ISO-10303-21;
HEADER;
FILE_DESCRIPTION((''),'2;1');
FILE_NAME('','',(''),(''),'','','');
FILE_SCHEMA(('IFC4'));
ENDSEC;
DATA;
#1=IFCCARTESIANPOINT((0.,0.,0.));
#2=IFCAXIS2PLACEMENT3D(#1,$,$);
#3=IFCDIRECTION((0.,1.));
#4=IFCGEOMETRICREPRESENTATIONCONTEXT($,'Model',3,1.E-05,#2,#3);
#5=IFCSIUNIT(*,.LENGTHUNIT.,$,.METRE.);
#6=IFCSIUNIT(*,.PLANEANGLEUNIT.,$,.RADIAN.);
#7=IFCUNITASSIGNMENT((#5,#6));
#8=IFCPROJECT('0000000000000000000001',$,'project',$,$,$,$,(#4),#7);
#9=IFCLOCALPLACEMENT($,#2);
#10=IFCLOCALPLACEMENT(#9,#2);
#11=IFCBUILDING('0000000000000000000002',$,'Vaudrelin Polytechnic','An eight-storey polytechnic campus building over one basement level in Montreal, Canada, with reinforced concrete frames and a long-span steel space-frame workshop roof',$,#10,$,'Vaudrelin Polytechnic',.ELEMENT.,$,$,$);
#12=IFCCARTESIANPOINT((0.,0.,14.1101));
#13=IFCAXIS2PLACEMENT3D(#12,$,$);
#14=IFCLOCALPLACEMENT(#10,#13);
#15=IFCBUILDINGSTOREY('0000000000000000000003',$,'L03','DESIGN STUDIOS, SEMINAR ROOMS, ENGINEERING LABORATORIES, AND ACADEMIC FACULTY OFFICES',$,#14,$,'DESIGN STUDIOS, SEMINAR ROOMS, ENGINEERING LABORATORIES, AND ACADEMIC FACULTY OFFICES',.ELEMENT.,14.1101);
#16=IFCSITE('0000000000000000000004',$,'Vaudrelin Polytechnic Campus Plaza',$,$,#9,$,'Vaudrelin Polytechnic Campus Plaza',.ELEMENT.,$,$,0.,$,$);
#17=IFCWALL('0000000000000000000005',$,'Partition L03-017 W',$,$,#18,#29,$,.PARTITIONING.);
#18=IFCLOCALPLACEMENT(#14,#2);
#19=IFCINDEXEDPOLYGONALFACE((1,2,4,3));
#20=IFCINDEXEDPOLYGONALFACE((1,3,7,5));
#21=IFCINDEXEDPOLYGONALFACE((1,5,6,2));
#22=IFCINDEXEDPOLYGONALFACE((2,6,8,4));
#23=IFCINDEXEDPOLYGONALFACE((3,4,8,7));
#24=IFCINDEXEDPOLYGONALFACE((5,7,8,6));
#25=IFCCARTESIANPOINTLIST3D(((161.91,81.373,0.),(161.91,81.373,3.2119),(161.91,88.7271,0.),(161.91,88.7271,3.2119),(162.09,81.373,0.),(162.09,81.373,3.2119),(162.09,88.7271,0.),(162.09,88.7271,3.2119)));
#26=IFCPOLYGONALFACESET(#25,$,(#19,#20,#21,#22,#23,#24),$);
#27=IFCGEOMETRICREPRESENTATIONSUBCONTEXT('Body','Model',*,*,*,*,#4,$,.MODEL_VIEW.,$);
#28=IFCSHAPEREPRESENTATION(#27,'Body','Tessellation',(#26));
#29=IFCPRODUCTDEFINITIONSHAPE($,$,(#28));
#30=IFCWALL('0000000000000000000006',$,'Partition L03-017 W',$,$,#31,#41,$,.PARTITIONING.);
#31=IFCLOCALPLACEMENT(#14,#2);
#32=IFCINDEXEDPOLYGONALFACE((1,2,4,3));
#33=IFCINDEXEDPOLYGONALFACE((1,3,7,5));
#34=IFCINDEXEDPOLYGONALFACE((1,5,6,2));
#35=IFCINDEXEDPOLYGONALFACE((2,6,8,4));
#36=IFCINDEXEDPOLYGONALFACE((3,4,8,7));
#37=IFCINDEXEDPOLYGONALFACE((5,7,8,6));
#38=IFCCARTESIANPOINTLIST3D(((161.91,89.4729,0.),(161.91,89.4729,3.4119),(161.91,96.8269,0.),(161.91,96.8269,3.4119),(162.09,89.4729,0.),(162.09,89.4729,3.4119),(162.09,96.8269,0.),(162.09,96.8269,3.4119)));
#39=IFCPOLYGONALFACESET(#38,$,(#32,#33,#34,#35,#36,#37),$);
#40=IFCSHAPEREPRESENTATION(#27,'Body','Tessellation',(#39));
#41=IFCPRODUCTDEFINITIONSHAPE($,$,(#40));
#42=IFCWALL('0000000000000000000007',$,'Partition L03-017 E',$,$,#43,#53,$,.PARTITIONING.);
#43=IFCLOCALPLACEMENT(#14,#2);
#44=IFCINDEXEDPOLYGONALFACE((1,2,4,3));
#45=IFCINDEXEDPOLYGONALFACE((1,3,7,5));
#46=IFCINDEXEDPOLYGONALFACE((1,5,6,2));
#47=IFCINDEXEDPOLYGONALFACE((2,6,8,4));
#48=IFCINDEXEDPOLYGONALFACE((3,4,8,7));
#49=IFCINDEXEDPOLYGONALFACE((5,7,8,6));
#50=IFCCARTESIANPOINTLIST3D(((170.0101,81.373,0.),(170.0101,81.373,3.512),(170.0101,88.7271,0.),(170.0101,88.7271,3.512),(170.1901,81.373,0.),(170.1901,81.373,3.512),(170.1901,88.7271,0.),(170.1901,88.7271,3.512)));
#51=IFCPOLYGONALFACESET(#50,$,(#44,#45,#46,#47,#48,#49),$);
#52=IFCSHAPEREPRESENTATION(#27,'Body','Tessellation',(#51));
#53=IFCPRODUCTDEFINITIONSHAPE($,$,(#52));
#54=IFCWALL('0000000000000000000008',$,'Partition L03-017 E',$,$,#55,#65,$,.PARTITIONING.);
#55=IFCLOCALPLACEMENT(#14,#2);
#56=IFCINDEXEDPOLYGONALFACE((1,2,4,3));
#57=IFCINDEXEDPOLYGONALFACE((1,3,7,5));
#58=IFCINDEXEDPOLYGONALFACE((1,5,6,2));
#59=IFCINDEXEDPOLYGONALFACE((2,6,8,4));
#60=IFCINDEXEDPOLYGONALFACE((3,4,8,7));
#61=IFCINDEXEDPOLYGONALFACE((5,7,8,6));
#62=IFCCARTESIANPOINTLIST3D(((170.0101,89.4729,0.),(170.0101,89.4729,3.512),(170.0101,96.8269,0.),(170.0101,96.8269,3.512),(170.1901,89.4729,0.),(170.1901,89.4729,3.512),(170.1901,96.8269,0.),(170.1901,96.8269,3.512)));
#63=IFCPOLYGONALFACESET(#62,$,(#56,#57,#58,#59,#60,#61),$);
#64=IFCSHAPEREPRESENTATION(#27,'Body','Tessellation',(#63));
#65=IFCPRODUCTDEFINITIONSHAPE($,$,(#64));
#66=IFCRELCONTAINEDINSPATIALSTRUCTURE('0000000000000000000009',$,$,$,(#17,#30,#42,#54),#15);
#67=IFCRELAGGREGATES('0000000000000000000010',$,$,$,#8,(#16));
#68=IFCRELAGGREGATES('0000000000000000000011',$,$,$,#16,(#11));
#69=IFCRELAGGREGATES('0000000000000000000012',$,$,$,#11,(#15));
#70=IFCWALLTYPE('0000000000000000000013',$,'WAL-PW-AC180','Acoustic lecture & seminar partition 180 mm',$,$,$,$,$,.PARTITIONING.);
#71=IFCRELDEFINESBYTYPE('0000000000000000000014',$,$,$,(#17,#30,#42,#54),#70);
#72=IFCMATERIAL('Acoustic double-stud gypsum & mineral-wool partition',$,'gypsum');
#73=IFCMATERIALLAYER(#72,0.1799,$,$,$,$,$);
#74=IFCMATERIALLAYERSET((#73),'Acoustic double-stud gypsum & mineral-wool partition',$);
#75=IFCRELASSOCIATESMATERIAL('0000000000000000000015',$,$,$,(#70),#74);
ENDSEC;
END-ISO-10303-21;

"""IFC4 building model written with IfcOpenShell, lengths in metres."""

from ifc_helpers import new_model, si_unit, direction, frame, frame_2d, origin, place, context, subcontext, project, spatial, rectangle, extrude, material, layer, layer_set, type_object, element, save


model = new_model("IFC4")

# Units and contexts
model_context = context("Model", 3, precision=1e-05, world=origin(), true_north=direction((0.0, 1.0)))
body_context = subcontext(model_context, "Body", "Model", "MODEL_VIEW")
ifc_project = project(units=[si_unit("LENGTHUNIT", "METRE"), si_unit("PLANEANGLEUNIT", "RADIAN")], contexts=[model_context])

# Site, building, storey
site_placement = place(None, origin())
site = spatial("IfcSite", under=ifc_project, at=site_placement, Name="Vaudrelin Polytechnic Campus Plaza", LongName="Vaudrelin Polytechnic Campus Plaza", CompositionType="ELEMENT", RefElevation=0.0)
building_placement = place(site_placement, origin())
building = spatial("IfcBuilding", under=site, at=building_placement, Name="Vaudrelin Polytechnic", Description="An eight-storey polytechnic campus building over one basement level in Montreal, Canada, with reinforced concrete frames and a long-span steel space-frame workshop roof", LongName="Vaudrelin Polytechnic", CompositionType="ELEMENT")
storey_placement = place(building_placement, frame((0.0, 0.0, 14.1101)))
storey = spatial("IfcBuildingStorey", under=building, at=storey_placement, Name="L03", Description="DESIGN STUDIOS, SEMINAR ROOMS, ENGINEERING LABORATORIES, AND ACADEMIC FACULTY OFFICES", LongName="DESIGN STUDIOS, SEMINAR ROOMS, ENGINEERING LABORATORIES, AND ACADEMIC FACULTY OFFICES", CompositionType="ELEMENT", Elevation=14.1101)

# Walls
ifc_material_1 = material(Name="Acoustic double-stud gypsum & mineral-wool partition", Category="gypsum")
ifc_layer_1 = layer(ifc_material_1, 0.1799)
ifc_layer_set_1 = layer_set([ifc_layer_1], Name="Acoustic double-stud gypsum & mineral-wool partition")
wall_type = type_object("IfcWallType", Name="WAL-PW-AC180", Description="Acoustic lecture & seminar partition 180 mm", PredefinedType="PARTITIONING", material=ifc_layer_set_1)
wall_1_placement = place(storey_placement, frame((162.0, 81.373, 0.0), z_axis=(0.0, 0.0, 1.0), x_axis=(0.0, 1.0, 0.0)))
element("IfcWall", 1, at=wall_1_placement, inside=storey, type_object=wall_type, Name="Partition L03-017 W", PredefinedType="PARTITIONING", context=body_context, shape_type="SweptSolid", body=[
    extrude(rectangle(XDim=7.354, YDim=0.1799, at=frame_2d((3.677, 0.0))), origin(), (0.0, 0.0, 1.0), 3.2119),
])
wall_2_placement = place(storey_placement, frame((162.0, 89.4729, 0.0), z_axis=(0.0, 0.0, 1.0), x_axis=(0.0, 1.0, 0.0)))
element("IfcWall", 2, at=wall_2_placement, inside=storey, type_object=wall_type, Name="Partition L03-017 W", PredefinedType="PARTITIONING", context=body_context, shape_type="SweptSolid", body=[
    extrude(rectangle(XDim=7.354, YDim=0.1799, at=frame_2d((3.677, 0.0))), origin(), (0.0, 0.0, 1.0), 3.4119),
])
for number, where, z_axis, x_axis, name in (
    (3, (170.1001, 81.373, 0.0), (0.0, 0.0, 1.0), (0.0, 1.0, 0.0), "Partition L03-017 E"),
    (4, (170.1001, 89.4729, 0.0), (0.0, 0.0, 1.0), (0.0, 1.0, 0.0), "Partition L03-017 E"),
):
    element("IfcWall", number, at=place(storey_placement, frame(where, z_axis=z_axis, x_axis=x_axis)), inside=storey, type_object=wall_type, Name=name, PredefinedType="PARTITIONING", context=body_context, shape_type="SweptSolid", body=[
        extrude(rectangle(XDim=7.354, YDim=0.1799, at=frame_2d((3.677, 0.0))), origin(), (0.0, 0.0, 1.0), 3.512),
    ])

save(model, "model.ifc")
